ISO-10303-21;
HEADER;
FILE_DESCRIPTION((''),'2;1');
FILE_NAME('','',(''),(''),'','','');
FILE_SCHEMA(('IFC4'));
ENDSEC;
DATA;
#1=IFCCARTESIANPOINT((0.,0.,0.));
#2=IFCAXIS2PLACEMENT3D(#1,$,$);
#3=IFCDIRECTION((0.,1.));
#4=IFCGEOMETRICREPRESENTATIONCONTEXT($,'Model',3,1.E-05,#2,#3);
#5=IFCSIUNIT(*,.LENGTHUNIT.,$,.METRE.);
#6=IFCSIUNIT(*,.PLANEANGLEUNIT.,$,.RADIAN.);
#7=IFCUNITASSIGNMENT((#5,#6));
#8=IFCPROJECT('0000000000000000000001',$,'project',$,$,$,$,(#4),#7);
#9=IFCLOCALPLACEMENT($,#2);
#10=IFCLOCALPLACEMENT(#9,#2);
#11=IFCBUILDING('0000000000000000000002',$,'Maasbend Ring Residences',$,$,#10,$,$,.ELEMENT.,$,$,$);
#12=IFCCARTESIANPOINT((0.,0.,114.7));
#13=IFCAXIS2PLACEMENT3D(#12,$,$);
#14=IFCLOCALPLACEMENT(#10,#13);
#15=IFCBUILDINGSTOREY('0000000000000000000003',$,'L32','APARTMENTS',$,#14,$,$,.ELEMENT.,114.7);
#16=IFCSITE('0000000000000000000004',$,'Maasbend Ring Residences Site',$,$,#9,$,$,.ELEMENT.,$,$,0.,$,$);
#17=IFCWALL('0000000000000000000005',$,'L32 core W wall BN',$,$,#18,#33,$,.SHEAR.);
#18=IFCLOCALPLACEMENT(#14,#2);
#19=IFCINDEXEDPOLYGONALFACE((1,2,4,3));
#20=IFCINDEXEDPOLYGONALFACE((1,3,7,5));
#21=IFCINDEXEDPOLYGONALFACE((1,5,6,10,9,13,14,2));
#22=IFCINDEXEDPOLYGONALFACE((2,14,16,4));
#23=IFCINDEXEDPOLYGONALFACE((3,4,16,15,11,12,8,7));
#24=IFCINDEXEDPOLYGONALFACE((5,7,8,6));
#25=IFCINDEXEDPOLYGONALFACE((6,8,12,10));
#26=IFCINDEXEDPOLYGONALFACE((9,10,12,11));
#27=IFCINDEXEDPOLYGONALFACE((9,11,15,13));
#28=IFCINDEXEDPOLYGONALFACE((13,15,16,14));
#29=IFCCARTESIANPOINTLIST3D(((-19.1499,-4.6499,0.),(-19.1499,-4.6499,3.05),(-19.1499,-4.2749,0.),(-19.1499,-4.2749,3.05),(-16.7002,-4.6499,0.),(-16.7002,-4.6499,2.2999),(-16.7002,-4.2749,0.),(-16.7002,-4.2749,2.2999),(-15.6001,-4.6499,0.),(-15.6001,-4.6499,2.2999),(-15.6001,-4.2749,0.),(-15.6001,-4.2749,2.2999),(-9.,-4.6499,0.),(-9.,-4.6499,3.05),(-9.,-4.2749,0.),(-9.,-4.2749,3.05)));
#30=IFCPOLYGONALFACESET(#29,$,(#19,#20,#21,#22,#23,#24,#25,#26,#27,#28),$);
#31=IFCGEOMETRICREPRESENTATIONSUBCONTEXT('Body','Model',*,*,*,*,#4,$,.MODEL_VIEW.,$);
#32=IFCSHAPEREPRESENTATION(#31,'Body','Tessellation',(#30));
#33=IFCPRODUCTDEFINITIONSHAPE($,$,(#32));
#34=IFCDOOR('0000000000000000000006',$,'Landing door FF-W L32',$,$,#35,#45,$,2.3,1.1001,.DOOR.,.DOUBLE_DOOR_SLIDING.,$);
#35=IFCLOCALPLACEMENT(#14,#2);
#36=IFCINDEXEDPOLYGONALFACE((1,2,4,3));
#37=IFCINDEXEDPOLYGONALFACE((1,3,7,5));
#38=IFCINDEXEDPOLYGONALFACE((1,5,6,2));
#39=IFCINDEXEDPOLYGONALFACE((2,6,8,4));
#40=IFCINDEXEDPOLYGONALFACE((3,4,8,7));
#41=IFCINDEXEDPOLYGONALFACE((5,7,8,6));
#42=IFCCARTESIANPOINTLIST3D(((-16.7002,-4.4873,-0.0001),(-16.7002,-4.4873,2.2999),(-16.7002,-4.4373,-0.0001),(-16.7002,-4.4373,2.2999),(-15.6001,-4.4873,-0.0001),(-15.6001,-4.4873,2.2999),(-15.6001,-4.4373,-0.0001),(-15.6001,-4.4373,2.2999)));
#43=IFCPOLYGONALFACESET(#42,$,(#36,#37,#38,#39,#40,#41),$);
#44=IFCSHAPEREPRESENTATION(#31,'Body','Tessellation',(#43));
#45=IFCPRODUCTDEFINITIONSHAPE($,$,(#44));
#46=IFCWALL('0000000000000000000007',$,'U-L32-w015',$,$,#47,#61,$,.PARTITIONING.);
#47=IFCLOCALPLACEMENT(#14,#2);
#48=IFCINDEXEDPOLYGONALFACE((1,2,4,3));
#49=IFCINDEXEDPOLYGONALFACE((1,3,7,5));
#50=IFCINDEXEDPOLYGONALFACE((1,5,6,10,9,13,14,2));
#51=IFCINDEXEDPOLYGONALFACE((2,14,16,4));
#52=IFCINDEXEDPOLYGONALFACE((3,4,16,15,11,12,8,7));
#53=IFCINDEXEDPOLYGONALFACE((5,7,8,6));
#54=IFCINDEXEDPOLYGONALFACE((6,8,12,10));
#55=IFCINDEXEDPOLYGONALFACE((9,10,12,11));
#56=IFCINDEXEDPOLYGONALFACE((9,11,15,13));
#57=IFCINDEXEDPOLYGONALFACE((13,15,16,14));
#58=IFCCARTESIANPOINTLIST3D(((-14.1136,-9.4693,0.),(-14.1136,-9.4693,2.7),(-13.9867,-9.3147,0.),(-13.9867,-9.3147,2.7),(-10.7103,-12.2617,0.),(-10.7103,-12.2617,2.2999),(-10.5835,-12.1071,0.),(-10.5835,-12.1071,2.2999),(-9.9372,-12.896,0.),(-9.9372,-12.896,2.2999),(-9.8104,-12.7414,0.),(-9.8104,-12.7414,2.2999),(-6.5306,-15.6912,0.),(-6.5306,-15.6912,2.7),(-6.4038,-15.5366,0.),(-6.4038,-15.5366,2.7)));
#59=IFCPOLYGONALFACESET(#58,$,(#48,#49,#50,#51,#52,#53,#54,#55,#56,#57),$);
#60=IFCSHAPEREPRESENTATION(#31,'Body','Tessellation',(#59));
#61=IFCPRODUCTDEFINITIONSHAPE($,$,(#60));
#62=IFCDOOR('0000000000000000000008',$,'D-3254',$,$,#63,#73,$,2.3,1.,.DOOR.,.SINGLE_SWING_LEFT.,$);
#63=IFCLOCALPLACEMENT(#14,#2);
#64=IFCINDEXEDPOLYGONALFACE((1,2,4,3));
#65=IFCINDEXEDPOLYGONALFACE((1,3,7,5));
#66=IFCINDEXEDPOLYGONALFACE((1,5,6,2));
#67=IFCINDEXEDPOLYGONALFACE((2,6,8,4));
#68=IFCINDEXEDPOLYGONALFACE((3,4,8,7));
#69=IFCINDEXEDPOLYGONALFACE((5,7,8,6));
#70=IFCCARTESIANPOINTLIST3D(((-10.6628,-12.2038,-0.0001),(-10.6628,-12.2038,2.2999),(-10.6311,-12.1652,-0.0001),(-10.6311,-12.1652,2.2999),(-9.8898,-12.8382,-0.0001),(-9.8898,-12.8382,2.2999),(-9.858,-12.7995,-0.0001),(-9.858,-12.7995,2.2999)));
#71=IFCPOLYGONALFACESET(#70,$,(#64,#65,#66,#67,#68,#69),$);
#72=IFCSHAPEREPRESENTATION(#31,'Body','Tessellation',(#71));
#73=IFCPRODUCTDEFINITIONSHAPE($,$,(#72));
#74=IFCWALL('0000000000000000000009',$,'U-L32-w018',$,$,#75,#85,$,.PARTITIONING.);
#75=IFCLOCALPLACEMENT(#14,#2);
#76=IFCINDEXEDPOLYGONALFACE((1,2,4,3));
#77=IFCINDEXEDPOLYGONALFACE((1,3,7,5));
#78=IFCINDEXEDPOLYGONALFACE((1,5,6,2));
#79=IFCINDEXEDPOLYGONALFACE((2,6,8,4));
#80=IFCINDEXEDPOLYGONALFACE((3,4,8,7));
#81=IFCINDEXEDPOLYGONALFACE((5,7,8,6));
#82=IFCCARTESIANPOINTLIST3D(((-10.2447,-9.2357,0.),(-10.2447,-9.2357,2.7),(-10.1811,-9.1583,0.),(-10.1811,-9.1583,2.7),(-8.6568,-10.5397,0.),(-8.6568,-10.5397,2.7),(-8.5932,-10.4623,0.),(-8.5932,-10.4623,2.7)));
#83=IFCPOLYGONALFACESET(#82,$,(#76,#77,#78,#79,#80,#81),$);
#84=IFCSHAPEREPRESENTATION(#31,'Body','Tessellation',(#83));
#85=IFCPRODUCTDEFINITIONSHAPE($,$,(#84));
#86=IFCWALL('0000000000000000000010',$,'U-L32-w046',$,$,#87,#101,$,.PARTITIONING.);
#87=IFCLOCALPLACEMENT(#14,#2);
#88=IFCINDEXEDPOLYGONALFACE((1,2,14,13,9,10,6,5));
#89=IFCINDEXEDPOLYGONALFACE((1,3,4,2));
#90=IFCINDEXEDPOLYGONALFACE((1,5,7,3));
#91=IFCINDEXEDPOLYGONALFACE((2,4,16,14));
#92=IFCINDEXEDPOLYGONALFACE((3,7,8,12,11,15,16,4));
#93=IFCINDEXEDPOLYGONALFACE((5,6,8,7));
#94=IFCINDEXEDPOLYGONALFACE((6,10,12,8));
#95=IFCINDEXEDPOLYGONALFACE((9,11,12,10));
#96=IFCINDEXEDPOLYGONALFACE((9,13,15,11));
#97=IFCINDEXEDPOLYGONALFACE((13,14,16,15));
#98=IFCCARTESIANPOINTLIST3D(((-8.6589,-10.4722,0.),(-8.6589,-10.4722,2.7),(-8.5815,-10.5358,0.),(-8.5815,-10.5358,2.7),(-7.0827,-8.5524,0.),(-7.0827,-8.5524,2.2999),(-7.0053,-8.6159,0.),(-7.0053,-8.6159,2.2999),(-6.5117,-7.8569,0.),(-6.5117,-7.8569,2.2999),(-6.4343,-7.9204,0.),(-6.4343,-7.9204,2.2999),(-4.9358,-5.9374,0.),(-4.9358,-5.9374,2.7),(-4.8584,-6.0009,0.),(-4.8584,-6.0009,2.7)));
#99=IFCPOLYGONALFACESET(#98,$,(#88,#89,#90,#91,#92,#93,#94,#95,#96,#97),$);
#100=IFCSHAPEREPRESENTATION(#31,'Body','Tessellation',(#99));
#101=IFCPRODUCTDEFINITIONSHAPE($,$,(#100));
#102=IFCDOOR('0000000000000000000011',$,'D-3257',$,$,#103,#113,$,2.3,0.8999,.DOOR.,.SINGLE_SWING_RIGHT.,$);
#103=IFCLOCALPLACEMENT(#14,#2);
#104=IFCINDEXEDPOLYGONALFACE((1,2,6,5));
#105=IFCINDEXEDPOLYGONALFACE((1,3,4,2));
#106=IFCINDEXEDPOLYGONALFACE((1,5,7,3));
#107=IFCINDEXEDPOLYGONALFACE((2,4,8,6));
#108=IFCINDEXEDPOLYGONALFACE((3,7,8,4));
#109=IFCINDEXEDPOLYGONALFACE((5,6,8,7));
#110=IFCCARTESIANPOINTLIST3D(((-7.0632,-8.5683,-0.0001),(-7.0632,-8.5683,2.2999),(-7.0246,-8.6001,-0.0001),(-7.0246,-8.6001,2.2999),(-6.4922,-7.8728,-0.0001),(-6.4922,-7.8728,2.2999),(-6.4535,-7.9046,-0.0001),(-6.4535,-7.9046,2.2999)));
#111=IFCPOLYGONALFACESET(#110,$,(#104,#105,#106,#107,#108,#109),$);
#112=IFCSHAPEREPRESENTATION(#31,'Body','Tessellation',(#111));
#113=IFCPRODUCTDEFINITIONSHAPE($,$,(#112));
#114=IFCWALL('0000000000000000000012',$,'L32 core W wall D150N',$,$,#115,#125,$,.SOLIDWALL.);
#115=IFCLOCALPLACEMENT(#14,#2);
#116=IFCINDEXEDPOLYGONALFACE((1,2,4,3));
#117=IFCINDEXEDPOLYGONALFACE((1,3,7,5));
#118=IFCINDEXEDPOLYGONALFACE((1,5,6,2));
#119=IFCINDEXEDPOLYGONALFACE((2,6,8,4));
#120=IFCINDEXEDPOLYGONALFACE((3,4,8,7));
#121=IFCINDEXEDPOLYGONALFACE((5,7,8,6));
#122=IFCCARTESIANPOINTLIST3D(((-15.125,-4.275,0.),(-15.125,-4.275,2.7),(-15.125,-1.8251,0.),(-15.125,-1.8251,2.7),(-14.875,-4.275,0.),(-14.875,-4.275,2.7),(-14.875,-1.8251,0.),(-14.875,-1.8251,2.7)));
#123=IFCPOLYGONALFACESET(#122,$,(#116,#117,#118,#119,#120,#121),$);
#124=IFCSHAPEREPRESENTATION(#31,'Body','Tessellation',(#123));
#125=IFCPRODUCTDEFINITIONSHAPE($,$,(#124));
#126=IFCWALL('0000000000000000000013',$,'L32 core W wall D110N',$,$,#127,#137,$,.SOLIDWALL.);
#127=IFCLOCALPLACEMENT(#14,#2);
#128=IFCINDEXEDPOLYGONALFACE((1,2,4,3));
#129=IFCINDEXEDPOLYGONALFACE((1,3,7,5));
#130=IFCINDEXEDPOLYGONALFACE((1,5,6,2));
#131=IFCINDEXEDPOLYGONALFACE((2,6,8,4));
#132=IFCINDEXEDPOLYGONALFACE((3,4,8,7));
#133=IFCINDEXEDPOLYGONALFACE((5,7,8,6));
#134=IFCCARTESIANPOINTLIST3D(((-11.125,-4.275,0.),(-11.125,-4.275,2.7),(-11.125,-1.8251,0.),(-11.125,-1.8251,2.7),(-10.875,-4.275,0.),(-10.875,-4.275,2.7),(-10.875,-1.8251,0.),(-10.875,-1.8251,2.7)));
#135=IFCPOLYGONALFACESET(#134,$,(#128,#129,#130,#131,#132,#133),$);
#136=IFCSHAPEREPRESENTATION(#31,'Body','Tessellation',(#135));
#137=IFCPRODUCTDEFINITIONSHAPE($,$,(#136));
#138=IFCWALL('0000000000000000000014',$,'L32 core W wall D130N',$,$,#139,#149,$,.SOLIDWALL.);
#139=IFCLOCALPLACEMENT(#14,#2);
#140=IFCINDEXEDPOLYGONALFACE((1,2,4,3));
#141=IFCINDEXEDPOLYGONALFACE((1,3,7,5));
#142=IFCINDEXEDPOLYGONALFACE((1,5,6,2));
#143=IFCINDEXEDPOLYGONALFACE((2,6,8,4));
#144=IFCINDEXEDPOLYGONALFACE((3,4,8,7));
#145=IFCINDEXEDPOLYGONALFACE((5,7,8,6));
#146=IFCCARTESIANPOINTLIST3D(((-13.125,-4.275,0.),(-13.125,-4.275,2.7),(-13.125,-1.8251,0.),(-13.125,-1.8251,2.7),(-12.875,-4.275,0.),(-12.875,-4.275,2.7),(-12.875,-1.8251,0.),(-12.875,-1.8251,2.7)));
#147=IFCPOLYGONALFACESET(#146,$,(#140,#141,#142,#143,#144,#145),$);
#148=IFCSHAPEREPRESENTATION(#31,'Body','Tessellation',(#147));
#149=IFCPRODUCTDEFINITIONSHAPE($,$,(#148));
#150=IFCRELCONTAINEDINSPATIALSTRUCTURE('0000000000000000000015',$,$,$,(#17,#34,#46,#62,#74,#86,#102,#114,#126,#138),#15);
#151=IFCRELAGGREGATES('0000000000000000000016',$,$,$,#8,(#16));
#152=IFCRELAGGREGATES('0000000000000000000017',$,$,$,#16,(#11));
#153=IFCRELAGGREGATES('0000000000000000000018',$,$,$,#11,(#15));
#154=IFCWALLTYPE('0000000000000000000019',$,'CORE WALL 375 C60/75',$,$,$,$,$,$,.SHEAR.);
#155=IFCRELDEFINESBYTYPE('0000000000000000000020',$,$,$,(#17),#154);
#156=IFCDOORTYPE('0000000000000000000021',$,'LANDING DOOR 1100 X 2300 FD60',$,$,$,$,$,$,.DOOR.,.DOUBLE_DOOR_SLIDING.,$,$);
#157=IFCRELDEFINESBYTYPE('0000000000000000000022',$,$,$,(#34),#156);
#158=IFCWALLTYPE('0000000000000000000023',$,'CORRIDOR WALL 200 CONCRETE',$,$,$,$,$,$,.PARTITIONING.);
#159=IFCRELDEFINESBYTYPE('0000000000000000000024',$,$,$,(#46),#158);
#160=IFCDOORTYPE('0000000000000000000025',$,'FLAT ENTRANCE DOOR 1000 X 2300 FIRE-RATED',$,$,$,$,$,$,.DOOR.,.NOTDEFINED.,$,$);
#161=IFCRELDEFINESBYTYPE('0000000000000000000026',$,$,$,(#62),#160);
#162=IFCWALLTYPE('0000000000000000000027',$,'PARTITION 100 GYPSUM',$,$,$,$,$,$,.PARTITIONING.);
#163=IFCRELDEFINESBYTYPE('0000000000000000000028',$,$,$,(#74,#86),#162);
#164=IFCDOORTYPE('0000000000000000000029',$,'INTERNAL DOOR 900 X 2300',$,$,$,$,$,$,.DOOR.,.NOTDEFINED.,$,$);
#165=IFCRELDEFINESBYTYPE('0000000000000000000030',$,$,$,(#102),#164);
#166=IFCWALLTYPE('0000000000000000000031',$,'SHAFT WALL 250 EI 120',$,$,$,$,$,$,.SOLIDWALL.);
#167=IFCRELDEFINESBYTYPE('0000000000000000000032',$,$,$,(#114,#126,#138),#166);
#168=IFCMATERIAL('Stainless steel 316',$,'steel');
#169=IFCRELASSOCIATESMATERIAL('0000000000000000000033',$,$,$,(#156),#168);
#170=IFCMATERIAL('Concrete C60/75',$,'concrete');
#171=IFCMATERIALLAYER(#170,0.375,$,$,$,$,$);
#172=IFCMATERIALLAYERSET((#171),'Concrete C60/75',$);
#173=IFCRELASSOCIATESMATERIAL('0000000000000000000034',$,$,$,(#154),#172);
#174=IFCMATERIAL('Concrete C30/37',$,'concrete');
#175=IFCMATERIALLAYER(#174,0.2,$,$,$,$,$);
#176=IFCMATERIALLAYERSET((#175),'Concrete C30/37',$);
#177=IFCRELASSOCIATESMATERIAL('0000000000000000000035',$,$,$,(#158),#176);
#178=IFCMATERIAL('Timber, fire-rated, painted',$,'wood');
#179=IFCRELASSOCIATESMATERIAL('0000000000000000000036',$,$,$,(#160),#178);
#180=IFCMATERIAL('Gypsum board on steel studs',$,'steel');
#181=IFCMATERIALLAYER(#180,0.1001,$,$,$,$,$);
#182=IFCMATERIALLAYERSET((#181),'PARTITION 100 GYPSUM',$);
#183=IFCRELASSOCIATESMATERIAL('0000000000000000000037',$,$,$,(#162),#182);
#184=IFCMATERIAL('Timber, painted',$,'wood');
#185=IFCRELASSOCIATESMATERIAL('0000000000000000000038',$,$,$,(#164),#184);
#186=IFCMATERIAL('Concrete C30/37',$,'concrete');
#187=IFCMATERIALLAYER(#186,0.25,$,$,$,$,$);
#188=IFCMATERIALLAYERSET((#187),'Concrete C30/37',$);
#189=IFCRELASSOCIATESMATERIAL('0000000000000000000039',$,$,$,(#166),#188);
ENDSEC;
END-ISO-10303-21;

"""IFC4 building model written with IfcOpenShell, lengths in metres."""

from ifc_helpers import new_model, si_unit, direction, frame, frame_2d, origin, place, context, subcontext, project, spatial, rectangle, extrude, material, layer, layer_set, type_object, element, fill, save


model = new_model("IFC4")

# Units and contexts
model_context = context("Model", 3, precision=1e-05, world=origin(), true_north=direction((0.0, 1.0)))
body_context = subcontext(model_context, "Body", "Model", "MODEL_VIEW")
ifc_project = project(units=[si_unit("LENGTHUNIT", "METRE"), si_unit("PLANEANGLEUNIT", "RADIAN")], contexts=[model_context])

# Site, building, storey
site_placement = place(None, origin())
site = spatial("IfcSite", under=ifc_project, at=site_placement, Name="Maasbend Ring Residences Site", CompositionType="ELEMENT", RefElevation=0.0)
building_placement = place(site_placement, origin())
building = spatial("IfcBuilding", under=site, at=building_placement, Name="Maasbend Ring Residences", CompositionType="ELEMENT")
storey_placement = place(building_placement, frame((0.0, 0.0, 114.7)))
storey = spatial("IfcBuildingStorey", under=building, at=storey_placement, Name="L32", Description="APARTMENTS", CompositionType="ELEMENT", Elevation=114.7)

# Shared definitions
ifc_material_1 = material(Name="Stainless steel 316", Category="steel")
door_type_1 = type_object("IfcDoorType", Name="LANDING DOOR 1100 X 2300 FD60", OperationType="DOUBLE_DOOR_SLIDING", PredefinedType="DOOR", material=ifc_material_1)

# Walls, openings, doors
ifc_material_2 = material(Name="Concrete C60/75", Category="concrete")
ifc_layer_1 = layer(ifc_material_2, 0.375)
ifc_layer_set_1 = layer_set([ifc_layer_1], Name="Concrete C60/75")
wall_type_1 = type_object("IfcWallType", Name="CORE WALL 375 C60/75", PredefinedType="SHEAR", material=ifc_layer_set_1)
wall_1_placement = place(storey_placement, frame((-9.0, -4.4624, 0.0), z_axis=(0.0, 0.0, 1.0), x_axis=(-1.0, 0.0, 0.0)))
wall_1 = element("IfcWall", 1, at=wall_1_placement, inside=storey, type_object=wall_type_1, Name="L32 core W wall BN", PredefinedType="SHEAR", context=body_context, shape_type="SweptSolid", body=[
    extrude(rectangle(XDim=10.1499, YDim=0.375, at=frame_2d((5.075, 0.0))), origin(), (0.0, 0.0, 1.0), 3.05),
])
opening_1_placement = place(wall_1_placement, frame((6.6001, 0.0, 0.0)))
opening_1 = element("IfcOpeningElement", 2, at=opening_1_placement, cuts=wall_1, PredefinedType="OPENING", context=body_context, shape_type="SweptSolid", body=[
    extrude(rectangle(XDim=1.1001, YDim=2.3, at=frame_2d((0.55, 1.1499))), frame((0.0, 0.1975, 0.0), z_axis=(0.0, -1.0, 0.0), x_axis=(1.0, 0.0, 0.0)), (0.0, 0.0, 1.0), 0.395),
])
door_1_placement = place(opening_1_placement, origin())
door_1 = element("IfcDoor", 3, at=door_1_placement, inside=storey, type_object=door_type_1, Name="Landing door FF-W L32", OperationType="DOUBLE_DOOR_SLIDING", OverallHeight=2.3, OverallWidth=1.1001, PredefinedType="DOOR", context=body_context, shape_type="SweptSolid", body=[
    extrude(rectangle(XDim=1.1001, YDim=2.3, at=frame_2d((0.55, 1.1499))), frame((0.0, 0.0249, 0.0), z_axis=(0.0, -1.0, 0.0), x_axis=(1.0, 0.0, 0.0)), (0.0, 0.0, 1.0), 0.05),
])
fill(opening_1, door_1)
ifc_material_3 = material(Name="Concrete C30/37", Category="concrete")
ifc_layer_2 = layer(ifc_material_3, 0.2)
ifc_layer_set_2 = layer_set([ifc_layer_2], Name="Concrete C30/37")
wall_type_2 = type_object("IfcWallType", Name="CORRIDOR WALL 200 CONCRETE", PredefinedType="PARTITIONING", material=ifc_layer_set_2)
wall_2_placement = place(storey_placement, frame((-14.05, -9.3921, 0.0), z_axis=(0.0, 0.0, 1.0), x_axis=(0.773075, -0.634315, 0.0)))
wall_2 = element("IfcWall", 4, at=wall_2_placement, inside=storey, type_object=wall_type_2, Name="U-L32-w015", PredefinedType="PARTITIONING", context=body_context, shape_type="SweptSolid", body=[
    extrude(rectangle(XDim=9.8088, YDim=0.2, at=frame_2d((4.9043, 0.0))), origin(), (0.0, 0.0, 1.0), 2.7),
])
opening_2_placement = place(wall_2_placement, frame((4.4021, 0.0, 0.0)))
opening_2 = element("IfcOpeningElement", 5, at=opening_2_placement, cuts=wall_2, PredefinedType="OPENING", context=body_context, shape_type="SweptSolid", body=[
    extrude(rectangle(XDim=1.0, YDim=2.3, at=frame_2d((0.5, 1.1499))), frame((0.0, 0.1099, 0.0), z_axis=(0.0, -1.0, 0.0), x_axis=(1.0, 0.0, 0.0)), (0.0, 0.0, 1.0), 0.22),
])
ifc_material_4 = material(Name="Timber, fire-rated, painted", Category="wood")
door_type_2 = type_object("IfcDoorType", Name="FLAT ENTRANCE DOOR 1000 X 2300 FIRE-RATED", OperationType="NOTDEFINED", PredefinedType="DOOR", material=ifc_material_4)
door_2_placement = place(opening_2_placement, origin())
door_2 = element("IfcDoor", 6, at=door_2_placement, inside=storey, type_object=door_type_2, Name="D-3254", OperationType="SINGLE_SWING_LEFT", OverallHeight=2.3, OverallWidth=1.0, PredefinedType="DOOR", context=body_context, shape_type="SweptSolid", body=[
    extrude(rectangle(XDim=1.0, YDim=2.3, at=frame_2d((0.5, 1.1499))), frame((0.0, 0.0249, 0.0), z_axis=(0.0, -1.0, 0.0), x_axis=(1.0, 0.0, 0.0)), (0.0, 0.0, 1.0), 0.05),
])
fill(opening_2, door_2)

# Wall
ifc_material_5 = material(Name="Gypsum board on steel studs", Category="steel")
ifc_layer_3 = layer(ifc_material_5, 0.1001)
ifc_layer_set_3 = layer_set([ifc_layer_3], Name="PARTITION 100 GYPSUM")
wall_type_3 = type_object("IfcWallType", Name="PARTITION 100 GYPSUM", PredefinedType="PARTITIONING", material=ifc_layer_set_3)
wall_3_placement = place(storey_placement, frame((-10.2129, -9.197, 0.0), z_axis=(0.0, 0.0, 1.0), x_axis=(0.772818, -0.634628, 0.0)))
element("IfcWall", 7, at=wall_3_placement, inside=storey, type_object=wall_type_3, Name="U-L32-w018", PredefinedType="PARTITIONING", context=body_context, shape_type="SweptSolid", body=[
    extrude(rectangle(XDim=2.0547, YDim=0.1001, at=frame_2d((1.0273, 0.0))), origin(), (0.0, 0.0, 1.0), 2.7),
])

# Wall, opening, door
wall_4_placement = place(storey_placement, frame((-8.6201, -10.5039, 0.0), z_axis=(0.0, 0.0, 1.0), x_axis=(0.63454, 0.77289, 0.0)))
wall_4 = element("IfcWall", 8, at=wall_4_placement, inside=storey, type_object=wall_type_3, Name="U-L32-w046", PredefinedType="PARTITIONING", context=body_context, shape_type="SweptSolid", body=[
    extrude(rectangle(XDim=5.8674, YDim=0.1001, at=frame_2d((2.9336, 0.0))), origin(), (0.0, 0.0, 1.0), 2.7),
])
opening_3_placement = place(wall_4_placement, frame((2.4839, 0.0, 0.0)))
opening_3 = element("IfcOpeningElement", 9, at=opening_3_placement, cuts=wall_4, PredefinedType="OPENING", context=body_context, shape_type="SweptSolid", body=[
    extrude(rectangle(XDim=0.8999, YDim=2.3, at=frame_2d((0.45, 1.1499))), frame((0.0, 0.0601, 0.0), z_axis=(0.0, -1.0, 0.0), x_axis=(1.0, 0.0, 0.0)), (0.0, 0.0, 1.0), 0.1201),
])
ifc_material_6 = material(Name="Timber, painted", Category="wood")
door_type_3 = type_object("IfcDoorType", Name="INTERNAL DOOR 900 X 2300", OperationType="NOTDEFINED", PredefinedType="DOOR", material=ifc_material_6)
door_3_placement = place(opening_3_placement, origin())
door_3 = element("IfcDoor", 10, at=door_3_placement, inside=storey, type_object=door_type_3, Name="D-3257", OperationType="SINGLE_SWING_RIGHT", OverallHeight=2.3, OverallWidth=0.8999, PredefinedType="DOOR", context=body_context, shape_type="SweptSolid", body=[
    extrude(rectangle(XDim=0.8999, YDim=2.3, at=frame_2d((0.45, 1.1499))), frame((0.0, 0.0249, 0.0), z_axis=(0.0, -1.0, 0.0), x_axis=(1.0, 0.0, 0.0)), (0.0, 0.0, 1.0), 0.05),
])
fill(opening_3, door_3)

# Walls
ifc_material_7 = material(Name="Concrete C30/37", Category="concrete")
ifc_layer_4 = layer(ifc_material_7, 0.25)
ifc_layer_set_4 = layer_set([ifc_layer_4], Name="Concrete C30/37")
wall_type_4 = type_object("IfcWallType", Name="SHAFT WALL 250 EI 120", PredefinedType="SOLIDWALL", material=ifc_layer_set_4)
for number, where, z_axis, x_axis, name in (
    (11, (-15.0, -1.825, 0.0), (0.0, 0.0, 1.0), (0.0, -1.0, 0.0), "L32 core W wall D150N"),
    (12, (-11.0, -1.825, 0.0), (0.0, 0.0, 1.0), (0.0, -1.0, 0.0), "L32 core W wall D110N"),
    (13, (-13.0, -1.825, 0.0), (0.0, 0.0, 1.0), (0.0, -1.0, 0.0), "L32 core W wall D130N"),
):
    element("IfcWall", number, at=place(storey_placement, frame(where, z_axis=z_axis, x_axis=x_axis)), inside=storey, type_object=wall_type_4, Name=name, PredefinedType="SOLIDWALL", context=body_context, shape_type="SweptSolid", body=[
        extrude(rectangle(XDim=2.45, YDim=0.25, at=frame_2d((1.2251, 0.0))), origin(), (0.0, 0.0, 1.0), 2.7),
    ])

save(model, "model.ifc")
